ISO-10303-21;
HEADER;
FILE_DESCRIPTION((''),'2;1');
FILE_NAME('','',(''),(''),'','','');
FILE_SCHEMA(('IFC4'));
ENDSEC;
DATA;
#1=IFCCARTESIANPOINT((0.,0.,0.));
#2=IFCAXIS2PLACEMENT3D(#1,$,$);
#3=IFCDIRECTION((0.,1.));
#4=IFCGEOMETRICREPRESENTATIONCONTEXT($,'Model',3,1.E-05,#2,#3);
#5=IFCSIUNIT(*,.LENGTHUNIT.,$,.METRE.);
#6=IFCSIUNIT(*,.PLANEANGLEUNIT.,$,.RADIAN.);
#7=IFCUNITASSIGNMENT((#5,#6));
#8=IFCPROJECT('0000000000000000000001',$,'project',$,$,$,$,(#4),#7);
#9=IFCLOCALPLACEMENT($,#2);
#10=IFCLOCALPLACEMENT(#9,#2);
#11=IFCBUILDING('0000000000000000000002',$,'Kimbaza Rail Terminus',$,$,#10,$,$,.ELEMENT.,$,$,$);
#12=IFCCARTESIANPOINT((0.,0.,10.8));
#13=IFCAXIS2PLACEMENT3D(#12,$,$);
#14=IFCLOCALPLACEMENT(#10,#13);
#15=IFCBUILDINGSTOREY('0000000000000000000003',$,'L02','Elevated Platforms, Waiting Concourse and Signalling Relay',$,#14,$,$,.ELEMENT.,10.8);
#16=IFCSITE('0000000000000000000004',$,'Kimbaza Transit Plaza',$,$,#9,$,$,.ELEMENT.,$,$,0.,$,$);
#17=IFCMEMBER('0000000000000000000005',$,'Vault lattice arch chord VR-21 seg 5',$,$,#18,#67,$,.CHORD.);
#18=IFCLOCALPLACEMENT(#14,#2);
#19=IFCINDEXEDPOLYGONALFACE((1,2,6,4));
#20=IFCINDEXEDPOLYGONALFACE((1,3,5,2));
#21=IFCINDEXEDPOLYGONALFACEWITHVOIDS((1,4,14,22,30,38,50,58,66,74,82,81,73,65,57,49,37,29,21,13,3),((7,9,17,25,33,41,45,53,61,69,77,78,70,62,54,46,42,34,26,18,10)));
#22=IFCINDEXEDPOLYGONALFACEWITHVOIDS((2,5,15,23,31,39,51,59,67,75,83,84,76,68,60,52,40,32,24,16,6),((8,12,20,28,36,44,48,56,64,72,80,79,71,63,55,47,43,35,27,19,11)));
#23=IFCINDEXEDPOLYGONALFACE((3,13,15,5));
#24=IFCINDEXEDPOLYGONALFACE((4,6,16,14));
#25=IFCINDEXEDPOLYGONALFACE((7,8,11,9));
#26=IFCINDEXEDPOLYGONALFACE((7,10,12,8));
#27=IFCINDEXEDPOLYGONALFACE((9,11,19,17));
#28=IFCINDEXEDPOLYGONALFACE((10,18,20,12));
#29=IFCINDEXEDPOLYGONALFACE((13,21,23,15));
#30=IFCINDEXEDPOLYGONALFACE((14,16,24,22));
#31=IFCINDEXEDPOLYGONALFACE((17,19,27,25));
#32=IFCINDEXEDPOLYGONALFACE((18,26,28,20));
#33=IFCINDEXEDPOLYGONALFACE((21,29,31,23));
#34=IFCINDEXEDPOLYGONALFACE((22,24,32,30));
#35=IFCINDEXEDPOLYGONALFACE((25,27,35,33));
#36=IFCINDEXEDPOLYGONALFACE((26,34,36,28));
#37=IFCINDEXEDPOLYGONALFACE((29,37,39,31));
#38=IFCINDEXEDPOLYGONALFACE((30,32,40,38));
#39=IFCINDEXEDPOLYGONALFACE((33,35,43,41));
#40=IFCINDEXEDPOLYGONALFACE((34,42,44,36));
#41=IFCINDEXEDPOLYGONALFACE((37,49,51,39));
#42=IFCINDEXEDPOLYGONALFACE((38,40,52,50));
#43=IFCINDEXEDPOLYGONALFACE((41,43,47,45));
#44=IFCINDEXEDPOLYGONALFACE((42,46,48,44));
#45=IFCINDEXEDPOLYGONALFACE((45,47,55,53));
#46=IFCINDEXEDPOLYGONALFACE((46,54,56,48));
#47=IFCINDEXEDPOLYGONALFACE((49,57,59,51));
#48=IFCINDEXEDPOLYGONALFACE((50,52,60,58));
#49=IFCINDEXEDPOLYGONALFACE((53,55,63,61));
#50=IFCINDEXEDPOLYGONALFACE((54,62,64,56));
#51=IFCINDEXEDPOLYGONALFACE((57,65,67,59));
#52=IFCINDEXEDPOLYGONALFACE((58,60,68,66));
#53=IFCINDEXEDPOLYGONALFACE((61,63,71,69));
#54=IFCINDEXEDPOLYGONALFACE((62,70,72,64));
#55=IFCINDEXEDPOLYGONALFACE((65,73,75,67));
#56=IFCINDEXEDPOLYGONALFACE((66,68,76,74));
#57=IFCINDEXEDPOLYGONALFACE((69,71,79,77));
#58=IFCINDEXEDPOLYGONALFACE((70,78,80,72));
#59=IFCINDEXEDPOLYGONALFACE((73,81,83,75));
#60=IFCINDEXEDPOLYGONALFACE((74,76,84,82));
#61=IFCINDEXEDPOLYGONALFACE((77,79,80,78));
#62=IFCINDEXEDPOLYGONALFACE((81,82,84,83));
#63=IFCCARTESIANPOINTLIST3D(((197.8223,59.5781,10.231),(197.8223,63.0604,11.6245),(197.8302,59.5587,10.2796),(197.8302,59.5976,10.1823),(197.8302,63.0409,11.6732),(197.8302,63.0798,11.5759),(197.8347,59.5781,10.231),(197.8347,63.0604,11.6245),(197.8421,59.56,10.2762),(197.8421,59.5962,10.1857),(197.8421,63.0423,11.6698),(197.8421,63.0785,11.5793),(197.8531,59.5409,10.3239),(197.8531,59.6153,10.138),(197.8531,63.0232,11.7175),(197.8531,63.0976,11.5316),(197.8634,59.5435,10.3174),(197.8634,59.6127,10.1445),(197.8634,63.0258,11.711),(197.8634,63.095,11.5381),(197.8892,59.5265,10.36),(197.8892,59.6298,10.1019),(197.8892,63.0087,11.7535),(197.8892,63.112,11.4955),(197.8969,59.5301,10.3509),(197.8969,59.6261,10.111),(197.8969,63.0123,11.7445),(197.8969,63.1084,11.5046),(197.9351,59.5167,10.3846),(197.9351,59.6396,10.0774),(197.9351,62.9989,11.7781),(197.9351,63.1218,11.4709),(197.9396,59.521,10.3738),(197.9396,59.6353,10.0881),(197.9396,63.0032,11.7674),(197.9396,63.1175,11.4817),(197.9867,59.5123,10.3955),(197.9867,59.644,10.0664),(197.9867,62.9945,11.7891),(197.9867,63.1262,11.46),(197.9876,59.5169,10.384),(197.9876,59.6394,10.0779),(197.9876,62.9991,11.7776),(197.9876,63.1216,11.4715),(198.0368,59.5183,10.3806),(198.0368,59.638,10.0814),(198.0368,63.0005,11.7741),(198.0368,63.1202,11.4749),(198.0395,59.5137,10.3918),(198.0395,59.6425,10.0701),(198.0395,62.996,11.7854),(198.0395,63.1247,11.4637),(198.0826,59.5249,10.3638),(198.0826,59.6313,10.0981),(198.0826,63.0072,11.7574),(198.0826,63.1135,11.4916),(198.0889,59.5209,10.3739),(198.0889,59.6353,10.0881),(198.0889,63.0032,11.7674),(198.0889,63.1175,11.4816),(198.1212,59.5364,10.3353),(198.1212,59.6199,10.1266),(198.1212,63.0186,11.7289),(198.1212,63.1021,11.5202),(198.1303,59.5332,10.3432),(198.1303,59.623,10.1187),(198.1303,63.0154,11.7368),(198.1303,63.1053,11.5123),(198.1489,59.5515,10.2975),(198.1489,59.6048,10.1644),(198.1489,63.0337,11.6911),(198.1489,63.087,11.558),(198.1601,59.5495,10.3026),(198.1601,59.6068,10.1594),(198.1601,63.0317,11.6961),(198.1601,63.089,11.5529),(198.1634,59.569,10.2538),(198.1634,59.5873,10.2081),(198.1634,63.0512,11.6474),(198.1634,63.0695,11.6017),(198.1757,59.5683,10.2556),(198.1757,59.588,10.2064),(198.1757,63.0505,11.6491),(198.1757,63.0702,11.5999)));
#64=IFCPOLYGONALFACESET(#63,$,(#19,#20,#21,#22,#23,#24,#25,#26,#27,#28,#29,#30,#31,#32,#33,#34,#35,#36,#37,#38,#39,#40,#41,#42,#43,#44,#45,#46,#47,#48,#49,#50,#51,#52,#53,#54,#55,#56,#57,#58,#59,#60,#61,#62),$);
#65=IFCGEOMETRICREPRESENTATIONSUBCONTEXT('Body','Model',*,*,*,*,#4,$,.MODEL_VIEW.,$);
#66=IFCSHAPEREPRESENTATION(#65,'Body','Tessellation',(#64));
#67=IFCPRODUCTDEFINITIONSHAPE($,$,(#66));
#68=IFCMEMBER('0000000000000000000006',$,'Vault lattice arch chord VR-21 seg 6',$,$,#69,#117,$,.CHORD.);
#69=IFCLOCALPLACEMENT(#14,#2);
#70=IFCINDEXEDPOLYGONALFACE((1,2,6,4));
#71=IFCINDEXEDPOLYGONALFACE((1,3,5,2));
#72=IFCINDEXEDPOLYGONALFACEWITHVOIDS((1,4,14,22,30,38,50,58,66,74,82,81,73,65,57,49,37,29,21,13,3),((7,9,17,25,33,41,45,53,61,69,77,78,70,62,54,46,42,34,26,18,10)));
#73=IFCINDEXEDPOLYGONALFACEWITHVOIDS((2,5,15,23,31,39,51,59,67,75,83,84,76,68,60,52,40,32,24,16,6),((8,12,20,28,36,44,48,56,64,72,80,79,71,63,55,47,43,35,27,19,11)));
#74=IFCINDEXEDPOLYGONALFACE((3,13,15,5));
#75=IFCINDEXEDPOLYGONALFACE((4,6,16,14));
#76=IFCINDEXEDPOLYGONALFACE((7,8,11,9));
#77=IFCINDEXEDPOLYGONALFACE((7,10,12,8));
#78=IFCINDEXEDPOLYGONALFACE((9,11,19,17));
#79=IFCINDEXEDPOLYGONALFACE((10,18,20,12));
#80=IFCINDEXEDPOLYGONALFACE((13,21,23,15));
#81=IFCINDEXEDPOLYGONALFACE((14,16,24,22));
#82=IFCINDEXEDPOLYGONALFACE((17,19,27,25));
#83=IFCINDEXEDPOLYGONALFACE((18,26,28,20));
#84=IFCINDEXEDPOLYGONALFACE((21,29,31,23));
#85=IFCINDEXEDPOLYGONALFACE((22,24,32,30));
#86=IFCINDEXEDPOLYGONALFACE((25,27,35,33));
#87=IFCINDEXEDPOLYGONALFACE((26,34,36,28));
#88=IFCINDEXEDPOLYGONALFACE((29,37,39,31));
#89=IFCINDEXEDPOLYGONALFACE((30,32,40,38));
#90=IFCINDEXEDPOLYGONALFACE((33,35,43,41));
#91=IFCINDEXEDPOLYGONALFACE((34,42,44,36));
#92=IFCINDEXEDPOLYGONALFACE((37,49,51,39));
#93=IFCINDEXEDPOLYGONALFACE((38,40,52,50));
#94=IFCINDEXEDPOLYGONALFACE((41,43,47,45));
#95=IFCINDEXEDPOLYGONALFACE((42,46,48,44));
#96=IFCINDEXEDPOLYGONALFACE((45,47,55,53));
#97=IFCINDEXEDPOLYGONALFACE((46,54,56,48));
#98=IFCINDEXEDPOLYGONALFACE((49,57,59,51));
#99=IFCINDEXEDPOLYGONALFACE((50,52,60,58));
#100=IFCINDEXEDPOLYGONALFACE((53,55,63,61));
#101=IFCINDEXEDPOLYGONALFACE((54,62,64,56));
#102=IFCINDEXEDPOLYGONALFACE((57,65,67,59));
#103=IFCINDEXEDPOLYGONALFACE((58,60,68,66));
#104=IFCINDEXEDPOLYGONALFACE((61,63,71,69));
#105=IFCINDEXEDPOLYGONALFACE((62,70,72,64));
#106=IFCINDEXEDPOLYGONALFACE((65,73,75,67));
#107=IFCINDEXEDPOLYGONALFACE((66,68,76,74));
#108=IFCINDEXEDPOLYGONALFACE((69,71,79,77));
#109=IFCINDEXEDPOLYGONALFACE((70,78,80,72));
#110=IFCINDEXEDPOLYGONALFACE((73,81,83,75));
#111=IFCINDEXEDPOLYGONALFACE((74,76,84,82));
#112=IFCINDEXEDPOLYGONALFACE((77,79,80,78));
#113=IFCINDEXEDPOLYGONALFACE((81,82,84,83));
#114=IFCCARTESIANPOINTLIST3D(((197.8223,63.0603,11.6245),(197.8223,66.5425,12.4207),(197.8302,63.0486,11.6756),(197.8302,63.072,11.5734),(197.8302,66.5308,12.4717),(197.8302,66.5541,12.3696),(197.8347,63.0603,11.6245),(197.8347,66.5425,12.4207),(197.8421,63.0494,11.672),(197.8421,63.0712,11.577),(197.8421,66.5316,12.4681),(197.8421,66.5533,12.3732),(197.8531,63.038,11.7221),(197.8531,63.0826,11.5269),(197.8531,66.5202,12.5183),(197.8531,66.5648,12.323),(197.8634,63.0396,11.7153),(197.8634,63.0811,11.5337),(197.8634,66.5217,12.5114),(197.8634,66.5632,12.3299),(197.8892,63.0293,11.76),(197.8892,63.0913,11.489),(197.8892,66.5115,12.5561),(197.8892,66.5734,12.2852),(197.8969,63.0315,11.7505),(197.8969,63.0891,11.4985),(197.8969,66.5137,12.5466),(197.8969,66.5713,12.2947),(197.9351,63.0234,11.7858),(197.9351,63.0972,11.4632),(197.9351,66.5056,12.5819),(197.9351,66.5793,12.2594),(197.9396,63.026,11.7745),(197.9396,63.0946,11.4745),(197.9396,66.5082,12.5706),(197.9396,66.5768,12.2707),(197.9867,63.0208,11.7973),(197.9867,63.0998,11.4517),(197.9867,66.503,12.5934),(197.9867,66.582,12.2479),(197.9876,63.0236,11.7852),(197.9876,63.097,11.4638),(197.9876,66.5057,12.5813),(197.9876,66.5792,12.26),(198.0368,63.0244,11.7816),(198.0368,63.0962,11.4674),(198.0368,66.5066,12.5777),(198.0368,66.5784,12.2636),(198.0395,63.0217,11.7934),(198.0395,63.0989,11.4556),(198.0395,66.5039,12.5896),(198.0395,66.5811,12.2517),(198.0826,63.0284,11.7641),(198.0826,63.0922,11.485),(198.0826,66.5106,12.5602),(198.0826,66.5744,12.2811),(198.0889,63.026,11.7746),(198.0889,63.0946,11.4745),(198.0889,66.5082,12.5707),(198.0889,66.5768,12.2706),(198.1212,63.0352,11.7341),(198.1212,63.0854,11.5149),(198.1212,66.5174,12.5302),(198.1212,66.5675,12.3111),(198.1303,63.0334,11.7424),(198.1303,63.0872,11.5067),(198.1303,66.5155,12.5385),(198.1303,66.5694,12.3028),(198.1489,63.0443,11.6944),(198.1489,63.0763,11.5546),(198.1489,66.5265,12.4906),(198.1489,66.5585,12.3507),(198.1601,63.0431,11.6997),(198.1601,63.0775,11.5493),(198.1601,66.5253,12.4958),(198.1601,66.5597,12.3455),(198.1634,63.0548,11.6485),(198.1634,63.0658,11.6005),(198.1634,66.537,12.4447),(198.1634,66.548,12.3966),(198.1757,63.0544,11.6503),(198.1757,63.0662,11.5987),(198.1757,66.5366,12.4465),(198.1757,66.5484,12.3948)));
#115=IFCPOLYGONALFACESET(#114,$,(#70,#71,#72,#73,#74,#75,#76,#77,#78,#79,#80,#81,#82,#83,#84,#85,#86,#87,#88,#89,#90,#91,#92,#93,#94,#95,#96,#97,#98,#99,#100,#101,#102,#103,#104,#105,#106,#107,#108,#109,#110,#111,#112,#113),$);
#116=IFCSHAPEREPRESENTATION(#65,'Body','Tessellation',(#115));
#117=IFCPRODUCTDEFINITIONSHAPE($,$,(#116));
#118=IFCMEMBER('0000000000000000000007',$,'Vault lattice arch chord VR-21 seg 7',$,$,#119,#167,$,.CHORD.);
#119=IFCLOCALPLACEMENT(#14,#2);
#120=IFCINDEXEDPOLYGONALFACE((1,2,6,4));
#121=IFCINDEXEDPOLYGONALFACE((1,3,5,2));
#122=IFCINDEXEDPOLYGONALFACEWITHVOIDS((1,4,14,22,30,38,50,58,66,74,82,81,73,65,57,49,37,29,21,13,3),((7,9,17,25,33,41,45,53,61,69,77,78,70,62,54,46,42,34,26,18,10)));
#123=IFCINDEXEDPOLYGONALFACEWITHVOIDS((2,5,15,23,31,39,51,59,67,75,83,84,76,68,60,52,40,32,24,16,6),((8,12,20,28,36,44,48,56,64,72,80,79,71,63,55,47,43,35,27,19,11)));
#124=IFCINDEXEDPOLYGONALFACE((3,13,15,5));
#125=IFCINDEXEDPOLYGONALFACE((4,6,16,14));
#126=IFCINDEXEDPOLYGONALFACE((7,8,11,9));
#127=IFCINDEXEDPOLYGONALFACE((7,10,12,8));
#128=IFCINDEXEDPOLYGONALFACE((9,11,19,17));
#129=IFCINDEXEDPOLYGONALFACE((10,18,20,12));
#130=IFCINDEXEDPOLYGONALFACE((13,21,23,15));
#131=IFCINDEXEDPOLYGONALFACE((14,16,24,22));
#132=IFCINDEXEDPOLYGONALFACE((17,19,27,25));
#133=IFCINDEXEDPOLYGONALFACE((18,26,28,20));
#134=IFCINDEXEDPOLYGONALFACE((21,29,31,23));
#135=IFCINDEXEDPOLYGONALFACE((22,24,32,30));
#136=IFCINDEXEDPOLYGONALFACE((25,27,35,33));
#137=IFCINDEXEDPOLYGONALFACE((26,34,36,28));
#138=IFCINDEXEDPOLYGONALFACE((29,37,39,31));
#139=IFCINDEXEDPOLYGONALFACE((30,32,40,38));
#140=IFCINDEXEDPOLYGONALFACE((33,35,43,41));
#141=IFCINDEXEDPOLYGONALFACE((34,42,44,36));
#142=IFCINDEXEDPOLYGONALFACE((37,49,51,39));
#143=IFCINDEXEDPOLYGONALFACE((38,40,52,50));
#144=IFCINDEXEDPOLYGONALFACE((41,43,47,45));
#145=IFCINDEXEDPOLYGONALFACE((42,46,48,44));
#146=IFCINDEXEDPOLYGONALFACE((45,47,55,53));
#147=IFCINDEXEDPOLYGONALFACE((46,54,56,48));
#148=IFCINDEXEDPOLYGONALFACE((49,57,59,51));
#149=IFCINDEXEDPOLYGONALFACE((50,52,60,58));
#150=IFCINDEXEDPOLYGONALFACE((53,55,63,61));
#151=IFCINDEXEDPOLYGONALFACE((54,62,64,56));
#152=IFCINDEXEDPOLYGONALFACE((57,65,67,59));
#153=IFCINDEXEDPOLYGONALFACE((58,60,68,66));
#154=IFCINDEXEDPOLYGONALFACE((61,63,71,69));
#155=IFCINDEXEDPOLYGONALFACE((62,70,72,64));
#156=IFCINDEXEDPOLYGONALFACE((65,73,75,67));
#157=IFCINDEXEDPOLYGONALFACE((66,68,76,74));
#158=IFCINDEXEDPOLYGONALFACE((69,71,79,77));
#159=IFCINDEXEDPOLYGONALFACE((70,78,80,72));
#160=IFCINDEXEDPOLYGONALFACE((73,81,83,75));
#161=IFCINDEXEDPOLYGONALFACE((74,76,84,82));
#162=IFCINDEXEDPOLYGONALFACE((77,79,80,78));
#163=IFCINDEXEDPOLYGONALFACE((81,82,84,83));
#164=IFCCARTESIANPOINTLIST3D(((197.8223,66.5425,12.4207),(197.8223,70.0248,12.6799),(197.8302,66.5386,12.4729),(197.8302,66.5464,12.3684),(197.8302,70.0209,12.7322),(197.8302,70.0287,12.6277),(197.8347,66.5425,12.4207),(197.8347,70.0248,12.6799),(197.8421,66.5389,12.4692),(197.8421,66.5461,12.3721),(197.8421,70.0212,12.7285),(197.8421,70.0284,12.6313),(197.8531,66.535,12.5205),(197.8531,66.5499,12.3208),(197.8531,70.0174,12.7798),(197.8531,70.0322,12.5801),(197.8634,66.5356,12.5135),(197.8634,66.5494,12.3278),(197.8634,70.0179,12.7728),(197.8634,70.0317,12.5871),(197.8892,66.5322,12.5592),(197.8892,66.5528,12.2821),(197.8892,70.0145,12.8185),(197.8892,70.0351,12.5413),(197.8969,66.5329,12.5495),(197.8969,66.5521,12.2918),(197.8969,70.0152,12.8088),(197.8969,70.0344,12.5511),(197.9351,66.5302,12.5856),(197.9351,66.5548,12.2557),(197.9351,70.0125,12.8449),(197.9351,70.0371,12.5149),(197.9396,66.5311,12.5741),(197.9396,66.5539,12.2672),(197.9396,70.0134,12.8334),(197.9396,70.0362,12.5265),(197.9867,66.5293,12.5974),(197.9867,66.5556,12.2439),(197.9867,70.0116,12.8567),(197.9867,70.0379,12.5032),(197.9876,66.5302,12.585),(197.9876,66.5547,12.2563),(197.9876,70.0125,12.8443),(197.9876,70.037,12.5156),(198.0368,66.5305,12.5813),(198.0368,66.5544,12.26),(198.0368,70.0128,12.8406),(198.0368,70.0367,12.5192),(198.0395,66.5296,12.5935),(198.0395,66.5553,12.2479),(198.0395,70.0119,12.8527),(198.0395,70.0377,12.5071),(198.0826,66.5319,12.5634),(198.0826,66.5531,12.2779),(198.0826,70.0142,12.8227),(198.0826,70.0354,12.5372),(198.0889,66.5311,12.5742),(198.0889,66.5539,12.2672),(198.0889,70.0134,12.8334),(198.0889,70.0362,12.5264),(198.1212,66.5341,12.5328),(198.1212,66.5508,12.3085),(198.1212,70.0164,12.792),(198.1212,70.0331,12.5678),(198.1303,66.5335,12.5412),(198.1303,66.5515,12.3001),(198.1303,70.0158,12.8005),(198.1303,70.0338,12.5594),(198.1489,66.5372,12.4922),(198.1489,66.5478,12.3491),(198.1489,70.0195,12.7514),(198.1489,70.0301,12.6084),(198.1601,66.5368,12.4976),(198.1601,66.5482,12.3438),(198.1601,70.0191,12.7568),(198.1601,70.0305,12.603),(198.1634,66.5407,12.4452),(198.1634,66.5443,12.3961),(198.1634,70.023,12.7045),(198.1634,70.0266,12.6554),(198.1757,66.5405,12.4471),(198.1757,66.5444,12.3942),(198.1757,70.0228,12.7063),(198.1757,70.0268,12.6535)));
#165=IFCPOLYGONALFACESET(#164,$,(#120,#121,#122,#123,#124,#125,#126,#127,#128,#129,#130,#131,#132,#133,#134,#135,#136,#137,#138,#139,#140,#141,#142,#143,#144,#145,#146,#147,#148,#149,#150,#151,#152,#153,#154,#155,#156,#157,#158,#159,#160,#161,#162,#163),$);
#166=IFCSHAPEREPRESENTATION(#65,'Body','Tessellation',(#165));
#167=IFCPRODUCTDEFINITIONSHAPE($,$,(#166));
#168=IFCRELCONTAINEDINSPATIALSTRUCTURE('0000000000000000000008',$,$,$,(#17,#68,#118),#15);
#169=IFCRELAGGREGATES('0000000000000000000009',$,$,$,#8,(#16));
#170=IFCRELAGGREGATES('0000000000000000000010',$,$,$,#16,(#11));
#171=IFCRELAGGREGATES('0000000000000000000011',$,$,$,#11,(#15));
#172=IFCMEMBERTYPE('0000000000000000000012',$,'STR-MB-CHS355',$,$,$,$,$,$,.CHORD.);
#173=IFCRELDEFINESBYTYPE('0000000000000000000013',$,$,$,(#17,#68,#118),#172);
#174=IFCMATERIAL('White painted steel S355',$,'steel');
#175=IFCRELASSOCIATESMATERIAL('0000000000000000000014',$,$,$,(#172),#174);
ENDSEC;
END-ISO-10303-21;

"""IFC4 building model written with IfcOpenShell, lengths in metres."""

from ifc_helpers import new_model, si_unit, direction, frame, origin, origin_2d, place, context, subcontext, project, spatial, hollow_circle, extrude, material, material_profile, profile_set, type_object, element, save


model = new_model("IFC4")

# Units and contexts
model_context = context("Model", 3, precision=1e-05, world=origin(), true_north=direction((0.0, 1.0)))
body_context = subcontext(model_context, "Body", "Model", "MODEL_VIEW")
ifc_project = project(units=[si_unit("LENGTHUNIT", "METRE"), si_unit("PLANEANGLEUNIT", "RADIAN")], contexts=[model_context])

# Site, building, storey
site_placement = place(None, origin())
site = spatial("IfcSite", under=ifc_project, at=site_placement, Name="Kimbaza Transit Plaza", CompositionType="ELEMENT", RefElevation=0.0)
building_placement = place(site_placement, origin())
building = spatial("IfcBuilding", under=site, at=building_placement, Name="Kimbaza Rail Terminus", CompositionType="ELEMENT")
storey_placement = place(building_placement, frame((0.0, 0.0, 10.8)))
storey = spatial("IfcBuildingStorey", under=building, at=storey_placement, Name="L02", Description="Elevated Platforms, Waiting Concourse and Signalling Relay", CompositionType="ELEMENT", Elevation=10.8)

# Members
ifc_material_1 = material(Name="White painted steel S355", Category="steel")
ifc_material_profile_1 = material_profile(ifc_material_1, hollow_circle(Radius=0.1777, WallThickness=0.0125, at=origin_2d()), Name="CHS 355.6x12.5")
ifc_profile_set_1 = profile_set([ifc_material_profile_1], Name="White painted steel S355")
member_type_1 = type_object("IfcMemberType", Name="STR-MB-CHS355", PredefinedType="CHORD", material=ifc_profile_set_1)
member_1_placement = place(storey_placement, frame((198.0, 59.5781, 10.231), z_axis=(0.0, 0.928414, 0.371548), x_axis=(-1.0, 0.0, 0.0)))
element("IfcMember", 1, at=member_1_placement, inside=storey, type_object=member_type_1, Name="Vault lattice arch chord VR-21 seg 5", PredefinedType="CHORD", context=body_context, shape_type="SweptSolid", body=[
    extrude(hollow_circle(Radius=0.1777, WallThickness=0.0125, at=origin_2d()), origin(), (0.0, 0.0, 1.0), 3.7507),
])
member_2_placement = place(storey_placement, frame((198.0, 63.0603, 11.6245), z_axis=(0.0, 0.974845, 0.222882), x_axis=(-1.0, 0.0, 0.0)))
element("IfcMember", 2, at=member_2_placement, inside=storey, type_object=member_type_1, Name="Vault lattice arch chord VR-21 seg 6", PredefinedType="CHORD", context=body_context, shape_type="SweptSolid", body=[
    extrude(hollow_circle(Radius=0.1777, WallThickness=0.0125, at=origin_2d()), origin(), (0.0, 0.0, 1.0), 3.572),
])
member_3_placement = place(storey_placement, frame((198.0, 66.5425, 12.4207), z_axis=(0.0, 0.99724, 0.074248), x_axis=(-1.0, 0.0, 0.0)))
element("IfcMember", 3, at=member_3_placement, inside=storey, type_object=member_type_1, Name="Vault lattice arch chord VR-21 seg 7", PredefinedType="CHORD", context=body_context, shape_type="SweptSolid", body=[
    extrude(hollow_circle(Radius=0.1777, WallThickness=0.0125, at=origin_2d()), origin(), (0.0, 0.0, 1.0), 3.4919),
])

save(model, "model.ifc")
